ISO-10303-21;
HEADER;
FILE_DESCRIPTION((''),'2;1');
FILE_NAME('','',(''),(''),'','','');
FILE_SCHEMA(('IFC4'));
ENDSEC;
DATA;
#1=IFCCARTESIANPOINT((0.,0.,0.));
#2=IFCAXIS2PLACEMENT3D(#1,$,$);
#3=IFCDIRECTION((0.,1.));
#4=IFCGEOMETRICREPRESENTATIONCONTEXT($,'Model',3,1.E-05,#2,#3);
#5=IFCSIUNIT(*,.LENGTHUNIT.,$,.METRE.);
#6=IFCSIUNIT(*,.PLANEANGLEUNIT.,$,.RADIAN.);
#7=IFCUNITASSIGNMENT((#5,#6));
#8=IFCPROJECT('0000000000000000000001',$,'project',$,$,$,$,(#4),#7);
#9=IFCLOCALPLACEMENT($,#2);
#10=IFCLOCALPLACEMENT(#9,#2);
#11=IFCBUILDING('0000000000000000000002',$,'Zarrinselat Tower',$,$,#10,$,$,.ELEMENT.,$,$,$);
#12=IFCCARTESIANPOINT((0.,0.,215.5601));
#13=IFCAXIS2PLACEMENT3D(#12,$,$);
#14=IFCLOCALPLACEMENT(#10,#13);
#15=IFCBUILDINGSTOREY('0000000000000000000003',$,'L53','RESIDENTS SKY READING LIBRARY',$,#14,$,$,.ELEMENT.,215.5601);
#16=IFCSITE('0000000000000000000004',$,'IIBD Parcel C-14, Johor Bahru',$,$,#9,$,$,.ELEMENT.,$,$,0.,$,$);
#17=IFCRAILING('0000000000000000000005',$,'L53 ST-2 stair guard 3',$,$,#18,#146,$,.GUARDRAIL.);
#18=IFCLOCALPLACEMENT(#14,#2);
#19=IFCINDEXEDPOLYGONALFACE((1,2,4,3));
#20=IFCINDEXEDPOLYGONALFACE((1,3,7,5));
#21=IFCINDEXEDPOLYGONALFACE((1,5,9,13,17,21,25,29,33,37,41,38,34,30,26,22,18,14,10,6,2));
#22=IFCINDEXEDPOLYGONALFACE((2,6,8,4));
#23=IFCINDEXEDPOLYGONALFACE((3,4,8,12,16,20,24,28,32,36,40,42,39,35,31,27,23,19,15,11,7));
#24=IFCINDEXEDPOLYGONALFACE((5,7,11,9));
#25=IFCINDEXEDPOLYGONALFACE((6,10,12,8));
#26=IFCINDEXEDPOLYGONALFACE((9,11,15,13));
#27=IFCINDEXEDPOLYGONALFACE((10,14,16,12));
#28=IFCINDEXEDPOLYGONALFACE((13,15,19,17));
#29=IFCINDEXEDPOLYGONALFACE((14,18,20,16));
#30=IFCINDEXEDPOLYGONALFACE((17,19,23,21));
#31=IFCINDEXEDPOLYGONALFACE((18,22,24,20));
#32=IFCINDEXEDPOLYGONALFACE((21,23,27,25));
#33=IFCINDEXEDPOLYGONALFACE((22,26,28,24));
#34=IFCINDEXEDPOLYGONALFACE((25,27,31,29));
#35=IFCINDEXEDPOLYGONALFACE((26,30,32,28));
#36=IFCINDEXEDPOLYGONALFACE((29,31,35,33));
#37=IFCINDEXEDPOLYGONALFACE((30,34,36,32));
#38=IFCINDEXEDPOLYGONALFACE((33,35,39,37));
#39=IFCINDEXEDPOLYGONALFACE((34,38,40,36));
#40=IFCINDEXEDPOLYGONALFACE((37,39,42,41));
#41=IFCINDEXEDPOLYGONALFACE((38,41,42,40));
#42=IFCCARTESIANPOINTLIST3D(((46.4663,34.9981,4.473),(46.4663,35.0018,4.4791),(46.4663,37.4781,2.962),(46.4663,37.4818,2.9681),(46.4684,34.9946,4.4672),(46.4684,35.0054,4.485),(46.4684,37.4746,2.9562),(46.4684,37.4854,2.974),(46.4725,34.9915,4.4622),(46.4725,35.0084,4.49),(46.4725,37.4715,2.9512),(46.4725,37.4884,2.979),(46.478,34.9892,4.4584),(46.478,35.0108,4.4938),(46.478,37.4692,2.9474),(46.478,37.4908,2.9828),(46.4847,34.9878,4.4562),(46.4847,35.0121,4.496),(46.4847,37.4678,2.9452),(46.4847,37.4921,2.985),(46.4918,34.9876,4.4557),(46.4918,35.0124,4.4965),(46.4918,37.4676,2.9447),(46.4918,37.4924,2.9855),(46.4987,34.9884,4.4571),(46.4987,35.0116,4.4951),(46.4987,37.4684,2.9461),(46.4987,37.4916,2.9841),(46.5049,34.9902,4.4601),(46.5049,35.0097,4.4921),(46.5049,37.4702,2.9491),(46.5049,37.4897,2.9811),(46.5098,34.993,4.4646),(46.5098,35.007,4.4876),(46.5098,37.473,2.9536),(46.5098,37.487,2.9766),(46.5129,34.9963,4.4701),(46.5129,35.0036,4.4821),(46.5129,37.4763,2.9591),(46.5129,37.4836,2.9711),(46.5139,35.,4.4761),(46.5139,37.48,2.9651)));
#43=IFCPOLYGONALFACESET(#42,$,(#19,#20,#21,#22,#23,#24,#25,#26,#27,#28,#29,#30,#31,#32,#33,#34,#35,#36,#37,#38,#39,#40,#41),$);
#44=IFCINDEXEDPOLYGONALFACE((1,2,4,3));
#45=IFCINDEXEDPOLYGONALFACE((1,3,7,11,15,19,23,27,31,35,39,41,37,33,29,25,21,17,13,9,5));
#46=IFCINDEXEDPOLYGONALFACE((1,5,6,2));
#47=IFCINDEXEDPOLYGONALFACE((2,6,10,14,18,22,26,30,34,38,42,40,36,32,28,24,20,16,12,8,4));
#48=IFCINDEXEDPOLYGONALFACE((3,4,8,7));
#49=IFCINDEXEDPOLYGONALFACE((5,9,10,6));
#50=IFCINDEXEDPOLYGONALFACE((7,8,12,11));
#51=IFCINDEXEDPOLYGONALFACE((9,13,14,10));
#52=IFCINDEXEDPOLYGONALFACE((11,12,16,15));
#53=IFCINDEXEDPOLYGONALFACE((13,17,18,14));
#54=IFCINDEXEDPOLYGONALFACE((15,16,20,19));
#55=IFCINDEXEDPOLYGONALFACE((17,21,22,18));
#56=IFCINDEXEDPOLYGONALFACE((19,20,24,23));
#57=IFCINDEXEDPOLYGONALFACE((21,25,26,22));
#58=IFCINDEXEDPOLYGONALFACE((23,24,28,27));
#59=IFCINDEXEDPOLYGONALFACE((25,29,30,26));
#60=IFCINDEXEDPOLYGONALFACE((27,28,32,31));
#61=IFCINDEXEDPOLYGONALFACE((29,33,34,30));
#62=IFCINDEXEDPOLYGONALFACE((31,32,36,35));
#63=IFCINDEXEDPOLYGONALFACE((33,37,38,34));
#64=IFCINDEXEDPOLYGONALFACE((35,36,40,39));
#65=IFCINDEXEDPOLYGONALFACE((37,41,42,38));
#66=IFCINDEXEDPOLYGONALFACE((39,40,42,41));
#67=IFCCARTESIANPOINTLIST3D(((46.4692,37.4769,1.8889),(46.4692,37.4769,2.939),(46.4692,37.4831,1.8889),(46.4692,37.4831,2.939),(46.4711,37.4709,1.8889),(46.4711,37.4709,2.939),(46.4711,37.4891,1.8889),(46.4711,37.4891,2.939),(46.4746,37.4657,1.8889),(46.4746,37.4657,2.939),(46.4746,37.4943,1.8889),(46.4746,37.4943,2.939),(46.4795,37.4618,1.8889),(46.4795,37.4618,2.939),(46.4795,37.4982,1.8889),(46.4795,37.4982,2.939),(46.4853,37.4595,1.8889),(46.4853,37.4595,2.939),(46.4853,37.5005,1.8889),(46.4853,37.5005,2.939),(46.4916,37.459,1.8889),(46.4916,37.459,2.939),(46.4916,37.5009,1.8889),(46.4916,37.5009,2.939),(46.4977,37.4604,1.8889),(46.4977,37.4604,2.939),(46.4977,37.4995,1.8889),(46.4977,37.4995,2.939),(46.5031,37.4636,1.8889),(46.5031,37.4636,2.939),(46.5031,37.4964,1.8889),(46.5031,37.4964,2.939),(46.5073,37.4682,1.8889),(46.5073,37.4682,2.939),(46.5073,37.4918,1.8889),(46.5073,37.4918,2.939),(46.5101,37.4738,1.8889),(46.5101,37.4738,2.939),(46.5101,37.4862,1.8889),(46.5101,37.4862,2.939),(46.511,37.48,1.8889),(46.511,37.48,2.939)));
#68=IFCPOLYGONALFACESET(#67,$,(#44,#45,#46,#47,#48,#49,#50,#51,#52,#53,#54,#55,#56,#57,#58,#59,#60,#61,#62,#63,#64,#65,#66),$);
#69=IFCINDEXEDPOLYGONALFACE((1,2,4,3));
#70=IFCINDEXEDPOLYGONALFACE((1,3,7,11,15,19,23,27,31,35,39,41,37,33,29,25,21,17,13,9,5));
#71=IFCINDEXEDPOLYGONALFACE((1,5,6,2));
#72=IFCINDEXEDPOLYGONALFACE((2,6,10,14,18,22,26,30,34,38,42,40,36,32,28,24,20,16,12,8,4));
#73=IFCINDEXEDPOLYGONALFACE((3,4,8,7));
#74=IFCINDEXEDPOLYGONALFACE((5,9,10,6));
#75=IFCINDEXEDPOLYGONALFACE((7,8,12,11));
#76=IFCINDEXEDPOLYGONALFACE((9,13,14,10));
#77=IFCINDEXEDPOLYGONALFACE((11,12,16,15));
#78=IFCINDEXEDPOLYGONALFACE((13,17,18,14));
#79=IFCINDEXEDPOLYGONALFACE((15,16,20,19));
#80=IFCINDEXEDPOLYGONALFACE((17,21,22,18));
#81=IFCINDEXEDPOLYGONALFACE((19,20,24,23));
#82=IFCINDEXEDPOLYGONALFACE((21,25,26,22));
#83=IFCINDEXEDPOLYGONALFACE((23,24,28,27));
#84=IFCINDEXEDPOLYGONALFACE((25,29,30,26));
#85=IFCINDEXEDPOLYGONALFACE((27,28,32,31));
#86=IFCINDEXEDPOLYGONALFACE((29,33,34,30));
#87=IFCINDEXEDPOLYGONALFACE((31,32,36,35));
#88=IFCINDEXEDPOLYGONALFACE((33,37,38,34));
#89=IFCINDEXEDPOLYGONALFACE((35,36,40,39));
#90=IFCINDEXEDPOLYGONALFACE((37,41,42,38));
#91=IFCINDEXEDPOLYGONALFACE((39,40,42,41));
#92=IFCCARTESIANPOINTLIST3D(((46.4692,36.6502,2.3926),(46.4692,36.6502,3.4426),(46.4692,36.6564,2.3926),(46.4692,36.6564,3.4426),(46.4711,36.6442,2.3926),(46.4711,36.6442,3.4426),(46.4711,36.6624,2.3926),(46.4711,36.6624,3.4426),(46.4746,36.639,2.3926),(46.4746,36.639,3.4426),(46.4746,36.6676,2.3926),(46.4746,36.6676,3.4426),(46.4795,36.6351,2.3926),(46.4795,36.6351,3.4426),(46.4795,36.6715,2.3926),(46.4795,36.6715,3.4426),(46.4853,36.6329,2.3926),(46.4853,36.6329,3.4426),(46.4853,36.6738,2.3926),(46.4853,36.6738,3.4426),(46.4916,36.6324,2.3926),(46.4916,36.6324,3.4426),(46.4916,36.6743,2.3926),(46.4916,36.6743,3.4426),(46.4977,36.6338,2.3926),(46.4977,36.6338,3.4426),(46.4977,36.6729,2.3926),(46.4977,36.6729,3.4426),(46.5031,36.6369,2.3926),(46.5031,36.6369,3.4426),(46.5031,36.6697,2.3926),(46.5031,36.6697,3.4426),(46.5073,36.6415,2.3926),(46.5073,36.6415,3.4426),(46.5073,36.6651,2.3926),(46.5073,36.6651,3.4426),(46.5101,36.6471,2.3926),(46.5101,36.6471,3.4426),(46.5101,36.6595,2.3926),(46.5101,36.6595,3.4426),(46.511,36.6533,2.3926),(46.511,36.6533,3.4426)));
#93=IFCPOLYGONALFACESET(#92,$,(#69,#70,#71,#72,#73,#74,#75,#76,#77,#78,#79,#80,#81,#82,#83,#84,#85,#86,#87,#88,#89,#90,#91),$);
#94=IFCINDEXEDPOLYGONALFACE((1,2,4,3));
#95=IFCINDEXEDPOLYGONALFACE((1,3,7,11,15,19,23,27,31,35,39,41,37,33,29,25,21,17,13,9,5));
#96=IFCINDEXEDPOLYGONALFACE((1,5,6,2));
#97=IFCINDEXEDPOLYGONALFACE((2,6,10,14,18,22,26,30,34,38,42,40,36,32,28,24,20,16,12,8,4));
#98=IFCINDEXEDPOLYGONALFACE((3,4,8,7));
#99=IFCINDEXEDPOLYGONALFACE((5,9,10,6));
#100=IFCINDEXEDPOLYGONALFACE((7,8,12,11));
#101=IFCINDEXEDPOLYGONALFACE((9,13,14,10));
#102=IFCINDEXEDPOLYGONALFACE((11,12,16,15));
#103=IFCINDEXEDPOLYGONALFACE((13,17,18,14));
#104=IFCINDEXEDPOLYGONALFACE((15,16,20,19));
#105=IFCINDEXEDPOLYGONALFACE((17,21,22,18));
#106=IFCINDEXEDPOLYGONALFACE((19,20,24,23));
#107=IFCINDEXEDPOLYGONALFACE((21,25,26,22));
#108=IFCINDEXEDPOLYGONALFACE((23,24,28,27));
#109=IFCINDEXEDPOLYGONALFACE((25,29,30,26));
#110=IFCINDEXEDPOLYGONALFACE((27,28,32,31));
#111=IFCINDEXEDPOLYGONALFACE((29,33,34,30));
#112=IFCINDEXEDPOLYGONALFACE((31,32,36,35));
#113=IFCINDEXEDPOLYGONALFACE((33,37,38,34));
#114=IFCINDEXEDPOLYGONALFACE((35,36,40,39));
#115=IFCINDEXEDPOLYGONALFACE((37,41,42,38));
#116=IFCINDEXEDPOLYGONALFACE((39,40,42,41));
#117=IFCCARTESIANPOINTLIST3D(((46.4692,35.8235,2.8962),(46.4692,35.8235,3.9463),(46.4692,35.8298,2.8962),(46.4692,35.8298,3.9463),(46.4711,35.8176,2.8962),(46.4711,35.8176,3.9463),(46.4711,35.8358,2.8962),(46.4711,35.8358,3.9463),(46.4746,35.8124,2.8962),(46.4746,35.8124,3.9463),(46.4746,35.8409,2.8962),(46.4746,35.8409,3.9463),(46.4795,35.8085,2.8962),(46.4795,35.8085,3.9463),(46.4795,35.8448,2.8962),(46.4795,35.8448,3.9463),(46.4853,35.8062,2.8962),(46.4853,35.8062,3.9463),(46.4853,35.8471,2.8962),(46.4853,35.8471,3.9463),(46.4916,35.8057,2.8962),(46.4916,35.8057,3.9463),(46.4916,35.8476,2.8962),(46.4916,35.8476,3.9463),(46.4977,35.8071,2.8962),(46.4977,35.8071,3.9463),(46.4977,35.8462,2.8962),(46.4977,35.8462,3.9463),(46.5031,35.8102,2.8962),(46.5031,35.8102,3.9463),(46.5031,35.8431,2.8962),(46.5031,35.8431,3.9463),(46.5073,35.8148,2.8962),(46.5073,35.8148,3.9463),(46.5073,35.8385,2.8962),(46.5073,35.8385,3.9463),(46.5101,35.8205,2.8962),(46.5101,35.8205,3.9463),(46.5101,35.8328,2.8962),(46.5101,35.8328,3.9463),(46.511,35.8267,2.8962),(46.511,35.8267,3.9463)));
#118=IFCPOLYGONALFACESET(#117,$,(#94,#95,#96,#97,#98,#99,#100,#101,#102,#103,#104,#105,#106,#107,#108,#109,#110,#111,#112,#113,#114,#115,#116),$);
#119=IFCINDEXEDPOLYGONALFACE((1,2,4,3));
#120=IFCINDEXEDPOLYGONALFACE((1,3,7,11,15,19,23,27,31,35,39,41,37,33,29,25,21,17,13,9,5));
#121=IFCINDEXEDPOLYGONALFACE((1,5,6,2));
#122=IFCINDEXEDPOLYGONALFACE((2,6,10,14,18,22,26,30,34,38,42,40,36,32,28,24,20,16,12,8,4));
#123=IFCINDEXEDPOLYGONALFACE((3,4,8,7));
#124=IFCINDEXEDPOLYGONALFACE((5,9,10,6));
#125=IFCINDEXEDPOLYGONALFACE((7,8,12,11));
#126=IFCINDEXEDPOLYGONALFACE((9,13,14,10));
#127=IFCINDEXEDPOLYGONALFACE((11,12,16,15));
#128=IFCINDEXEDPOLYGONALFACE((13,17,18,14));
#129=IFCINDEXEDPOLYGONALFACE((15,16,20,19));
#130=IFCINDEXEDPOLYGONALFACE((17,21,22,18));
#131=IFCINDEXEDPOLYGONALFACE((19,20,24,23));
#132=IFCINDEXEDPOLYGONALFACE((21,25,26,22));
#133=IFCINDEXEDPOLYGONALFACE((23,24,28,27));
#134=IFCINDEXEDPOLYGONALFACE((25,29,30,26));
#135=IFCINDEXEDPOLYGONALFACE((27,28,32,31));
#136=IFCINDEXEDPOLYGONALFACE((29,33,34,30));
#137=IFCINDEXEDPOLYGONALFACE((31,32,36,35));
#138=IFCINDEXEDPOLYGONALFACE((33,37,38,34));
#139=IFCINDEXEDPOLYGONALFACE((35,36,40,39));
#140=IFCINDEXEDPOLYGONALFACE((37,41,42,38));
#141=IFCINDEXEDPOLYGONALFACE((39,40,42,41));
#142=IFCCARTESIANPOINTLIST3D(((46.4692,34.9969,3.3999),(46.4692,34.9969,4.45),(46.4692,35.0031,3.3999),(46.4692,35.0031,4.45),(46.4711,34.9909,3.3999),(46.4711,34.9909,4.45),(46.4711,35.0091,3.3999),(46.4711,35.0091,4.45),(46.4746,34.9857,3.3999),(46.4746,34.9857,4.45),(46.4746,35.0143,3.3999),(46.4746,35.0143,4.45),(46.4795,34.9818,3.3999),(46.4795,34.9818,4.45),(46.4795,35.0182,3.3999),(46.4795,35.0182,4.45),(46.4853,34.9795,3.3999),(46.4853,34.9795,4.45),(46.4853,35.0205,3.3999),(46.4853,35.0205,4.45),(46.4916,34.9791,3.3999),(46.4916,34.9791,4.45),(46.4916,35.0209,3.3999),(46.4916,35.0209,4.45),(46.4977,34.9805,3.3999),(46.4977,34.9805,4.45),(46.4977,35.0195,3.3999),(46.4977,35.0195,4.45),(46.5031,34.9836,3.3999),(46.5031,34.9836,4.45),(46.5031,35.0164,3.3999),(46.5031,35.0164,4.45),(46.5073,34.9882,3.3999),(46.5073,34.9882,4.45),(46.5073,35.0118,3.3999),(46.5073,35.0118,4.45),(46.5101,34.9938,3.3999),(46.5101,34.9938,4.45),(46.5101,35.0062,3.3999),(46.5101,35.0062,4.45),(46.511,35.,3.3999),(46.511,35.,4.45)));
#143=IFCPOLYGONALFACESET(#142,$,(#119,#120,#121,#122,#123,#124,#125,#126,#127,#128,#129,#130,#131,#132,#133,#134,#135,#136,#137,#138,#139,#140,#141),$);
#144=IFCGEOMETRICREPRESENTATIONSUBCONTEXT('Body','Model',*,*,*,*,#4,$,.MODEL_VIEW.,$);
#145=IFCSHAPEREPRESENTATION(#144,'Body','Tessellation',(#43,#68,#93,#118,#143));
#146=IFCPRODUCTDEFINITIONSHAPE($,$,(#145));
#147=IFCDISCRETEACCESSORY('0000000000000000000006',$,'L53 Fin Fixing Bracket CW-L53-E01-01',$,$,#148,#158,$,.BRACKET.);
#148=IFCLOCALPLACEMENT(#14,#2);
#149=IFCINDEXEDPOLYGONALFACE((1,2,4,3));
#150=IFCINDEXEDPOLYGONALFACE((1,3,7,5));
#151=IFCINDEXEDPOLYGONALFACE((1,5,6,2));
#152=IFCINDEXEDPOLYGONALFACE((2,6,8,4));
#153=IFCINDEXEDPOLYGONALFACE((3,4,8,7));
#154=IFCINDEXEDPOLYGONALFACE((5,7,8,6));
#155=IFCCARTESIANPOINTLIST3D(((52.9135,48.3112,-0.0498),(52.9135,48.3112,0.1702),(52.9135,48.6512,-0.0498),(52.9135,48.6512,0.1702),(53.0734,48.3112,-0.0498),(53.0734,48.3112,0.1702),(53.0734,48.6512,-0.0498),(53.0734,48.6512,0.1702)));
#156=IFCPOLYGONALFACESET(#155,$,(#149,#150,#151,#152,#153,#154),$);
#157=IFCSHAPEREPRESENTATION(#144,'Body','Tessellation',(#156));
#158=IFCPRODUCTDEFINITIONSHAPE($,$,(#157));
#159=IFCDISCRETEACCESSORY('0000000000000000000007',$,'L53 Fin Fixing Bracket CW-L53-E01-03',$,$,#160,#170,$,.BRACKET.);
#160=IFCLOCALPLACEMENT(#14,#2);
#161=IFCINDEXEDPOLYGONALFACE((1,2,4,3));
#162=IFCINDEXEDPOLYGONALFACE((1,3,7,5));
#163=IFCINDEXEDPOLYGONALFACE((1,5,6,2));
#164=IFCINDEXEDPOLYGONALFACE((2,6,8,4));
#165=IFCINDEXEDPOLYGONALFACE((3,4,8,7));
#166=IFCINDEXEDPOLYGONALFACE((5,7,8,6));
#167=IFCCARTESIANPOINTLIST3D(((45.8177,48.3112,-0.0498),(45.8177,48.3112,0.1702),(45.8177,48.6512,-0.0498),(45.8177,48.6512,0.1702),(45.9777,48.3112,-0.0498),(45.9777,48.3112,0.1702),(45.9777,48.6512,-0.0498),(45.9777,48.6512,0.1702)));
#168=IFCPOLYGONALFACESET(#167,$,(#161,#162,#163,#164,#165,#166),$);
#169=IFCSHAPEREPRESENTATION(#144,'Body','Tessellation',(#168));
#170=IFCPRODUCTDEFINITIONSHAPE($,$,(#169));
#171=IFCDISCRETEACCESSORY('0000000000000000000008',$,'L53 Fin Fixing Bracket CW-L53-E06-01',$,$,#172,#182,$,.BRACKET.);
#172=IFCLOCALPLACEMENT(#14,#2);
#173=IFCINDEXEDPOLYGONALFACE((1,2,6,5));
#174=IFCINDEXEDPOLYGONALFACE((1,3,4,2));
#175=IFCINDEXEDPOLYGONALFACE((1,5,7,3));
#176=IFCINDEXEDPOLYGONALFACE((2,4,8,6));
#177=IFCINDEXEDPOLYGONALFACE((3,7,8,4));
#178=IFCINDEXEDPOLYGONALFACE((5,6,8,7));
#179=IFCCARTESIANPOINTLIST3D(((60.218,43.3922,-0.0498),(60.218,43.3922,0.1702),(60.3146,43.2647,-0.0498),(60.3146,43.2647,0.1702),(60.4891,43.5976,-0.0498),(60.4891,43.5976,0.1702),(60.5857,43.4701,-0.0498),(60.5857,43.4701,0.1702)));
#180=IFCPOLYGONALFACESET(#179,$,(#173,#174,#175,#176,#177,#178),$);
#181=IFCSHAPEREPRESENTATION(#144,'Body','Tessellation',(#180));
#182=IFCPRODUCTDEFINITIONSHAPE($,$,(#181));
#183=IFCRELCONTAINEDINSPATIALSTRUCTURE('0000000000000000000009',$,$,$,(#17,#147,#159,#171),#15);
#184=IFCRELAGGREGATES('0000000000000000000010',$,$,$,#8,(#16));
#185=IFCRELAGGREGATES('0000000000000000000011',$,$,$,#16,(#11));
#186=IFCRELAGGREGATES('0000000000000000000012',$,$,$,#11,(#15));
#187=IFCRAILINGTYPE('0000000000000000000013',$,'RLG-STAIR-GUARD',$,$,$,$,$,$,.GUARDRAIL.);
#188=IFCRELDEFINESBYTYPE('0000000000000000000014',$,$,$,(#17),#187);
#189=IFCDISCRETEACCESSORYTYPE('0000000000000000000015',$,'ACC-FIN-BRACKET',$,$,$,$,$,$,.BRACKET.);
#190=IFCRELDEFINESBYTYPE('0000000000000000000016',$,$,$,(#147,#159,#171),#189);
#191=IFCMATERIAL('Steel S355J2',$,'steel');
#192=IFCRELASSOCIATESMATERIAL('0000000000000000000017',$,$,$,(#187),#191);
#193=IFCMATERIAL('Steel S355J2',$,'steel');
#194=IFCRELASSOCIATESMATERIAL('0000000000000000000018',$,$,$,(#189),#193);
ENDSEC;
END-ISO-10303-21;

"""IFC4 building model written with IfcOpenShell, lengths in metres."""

from ifc_helpers import new_model, si_unit, direction, frame, origin, origin_2d, place, context, subcontext, project, spatial, rectangle, circle, extrude, material, type_object, element, save


model = new_model("IFC4")

# Units and contexts
model_context = context("Model", 3, precision=1e-05, world=origin(), true_north=direction((0.0, 1.0)))
body_context = subcontext(model_context, "Body", "Model", "MODEL_VIEW")
ifc_project = project(units=[si_unit("LENGTHUNIT", "METRE"), si_unit("PLANEANGLEUNIT", "RADIAN")], contexts=[model_context])

# Site, building, storey
site_placement = place(None, origin())
site = spatial("IfcSite", under=ifc_project, at=site_placement, Name="IIBD Parcel C-14, Johor Bahru", CompositionType="ELEMENT", RefElevation=0.0)
building_placement = place(site_placement, origin())
building = spatial("IfcBuilding", under=site, at=building_placement, Name="Zarrinselat Tower", CompositionType="ELEMENT")
storey_placement = place(building_placement, frame((0.0, 0.0, 215.5601)))
storey = spatial("IfcBuildingStorey", under=building, at=storey_placement, Name="L53", Description="RESIDENTS SKY READING LIBRARY", CompositionType="ELEMENT", Elevation=215.5601)

# Railing
ifc_material_1 = material(Name="Steel S355J2", Category="steel")
railing_type = type_object("IfcRailingType", Name="RLG-STAIR-GUARD", PredefinedType="GUARDRAIL", material=ifc_material_1)
railing_1_placement = place(storey_placement, frame((46.49, 37.48, 1.8889)))
element("IfcRailing", 1, at=railing_1_placement, inside=storey, type_object=railing_type, Name="L53 ST-2 stair guard 3", PredefinedType="GUARDRAIL", context=body_context, shape_type="SweptSolid", body=[
    extrude(circle(Radius=0.0239, at=origin_2d()), frame((0.0, 0.0, 1.0762), z_axis=(0.0, -0.853979, 0.520307), x_axis=(1.0, 0.0, 0.0)), (0.0, 0.0, 1.0), 2.9041),
    extrude(circle(Radius=0.021, at=origin_2d()), origin(), (0.0, 0.0, 1.0), 1.05),
    extrude(circle(Radius=0.021, at=origin_2d()), frame((0.0, -0.8267, 0.5037)), (0.0, 0.0, 1.0), 1.05),
    extrude(circle(Radius=0.021, at=origin_2d()), frame((0.0, -1.6533, 1.0073)), (0.0, 0.0, 1.0), 1.05),
    extrude(circle(Radius=0.021, at=origin_2d()), frame((0.0, -2.48, 1.511)), (0.0, 0.0, 1.0), 1.05),
])

# Discrete accessories
ifc_material_2 = material(Name="Steel S355J2", Category="steel")
discrete_accessory_type = type_object("IfcDiscreteAccessoryType", Name="ACC-FIN-BRACKET", PredefinedType="BRACKET", material=ifc_material_2)
for number, where, z_axis, x_axis, name in (
    (2, (52.9934, 48.4812, -0.0498), (0.0, 0.0, 1.0), (0.0, 1.0, 0.0), "L53 Fin Fixing Bracket CW-L53-E01-01"),
    (3, (45.8977, 48.4812, -0.0498), (0.0, 0.0, 1.0), (0.0, 1.0, 0.0), "L53 Fin Fixing Bracket CW-L53-E01-03"),
    (4, (60.4019, 43.4312, -0.0498), (0.0, 0.0, 1.0), (0.797092, 0.603858, 0.0), "L53 Fin Fixing Bracket CW-L53-E06-01"),
):
    element("IfcDiscreteAccessory", number, at=place(storey_placement, frame(where, z_axis=z_axis, x_axis=x_axis)), inside=storey, type_object=discrete_accessory_type, Name=name, PredefinedType="BRACKET", context=body_context, shape_type="SweptSolid", body=[
        extrude(rectangle(XDim=0.3401, YDim=0.1599, at=origin_2d()), origin(), (0.0, 0.0, 1.0), 0.22),
    ])

save(model, "model.ifc")
